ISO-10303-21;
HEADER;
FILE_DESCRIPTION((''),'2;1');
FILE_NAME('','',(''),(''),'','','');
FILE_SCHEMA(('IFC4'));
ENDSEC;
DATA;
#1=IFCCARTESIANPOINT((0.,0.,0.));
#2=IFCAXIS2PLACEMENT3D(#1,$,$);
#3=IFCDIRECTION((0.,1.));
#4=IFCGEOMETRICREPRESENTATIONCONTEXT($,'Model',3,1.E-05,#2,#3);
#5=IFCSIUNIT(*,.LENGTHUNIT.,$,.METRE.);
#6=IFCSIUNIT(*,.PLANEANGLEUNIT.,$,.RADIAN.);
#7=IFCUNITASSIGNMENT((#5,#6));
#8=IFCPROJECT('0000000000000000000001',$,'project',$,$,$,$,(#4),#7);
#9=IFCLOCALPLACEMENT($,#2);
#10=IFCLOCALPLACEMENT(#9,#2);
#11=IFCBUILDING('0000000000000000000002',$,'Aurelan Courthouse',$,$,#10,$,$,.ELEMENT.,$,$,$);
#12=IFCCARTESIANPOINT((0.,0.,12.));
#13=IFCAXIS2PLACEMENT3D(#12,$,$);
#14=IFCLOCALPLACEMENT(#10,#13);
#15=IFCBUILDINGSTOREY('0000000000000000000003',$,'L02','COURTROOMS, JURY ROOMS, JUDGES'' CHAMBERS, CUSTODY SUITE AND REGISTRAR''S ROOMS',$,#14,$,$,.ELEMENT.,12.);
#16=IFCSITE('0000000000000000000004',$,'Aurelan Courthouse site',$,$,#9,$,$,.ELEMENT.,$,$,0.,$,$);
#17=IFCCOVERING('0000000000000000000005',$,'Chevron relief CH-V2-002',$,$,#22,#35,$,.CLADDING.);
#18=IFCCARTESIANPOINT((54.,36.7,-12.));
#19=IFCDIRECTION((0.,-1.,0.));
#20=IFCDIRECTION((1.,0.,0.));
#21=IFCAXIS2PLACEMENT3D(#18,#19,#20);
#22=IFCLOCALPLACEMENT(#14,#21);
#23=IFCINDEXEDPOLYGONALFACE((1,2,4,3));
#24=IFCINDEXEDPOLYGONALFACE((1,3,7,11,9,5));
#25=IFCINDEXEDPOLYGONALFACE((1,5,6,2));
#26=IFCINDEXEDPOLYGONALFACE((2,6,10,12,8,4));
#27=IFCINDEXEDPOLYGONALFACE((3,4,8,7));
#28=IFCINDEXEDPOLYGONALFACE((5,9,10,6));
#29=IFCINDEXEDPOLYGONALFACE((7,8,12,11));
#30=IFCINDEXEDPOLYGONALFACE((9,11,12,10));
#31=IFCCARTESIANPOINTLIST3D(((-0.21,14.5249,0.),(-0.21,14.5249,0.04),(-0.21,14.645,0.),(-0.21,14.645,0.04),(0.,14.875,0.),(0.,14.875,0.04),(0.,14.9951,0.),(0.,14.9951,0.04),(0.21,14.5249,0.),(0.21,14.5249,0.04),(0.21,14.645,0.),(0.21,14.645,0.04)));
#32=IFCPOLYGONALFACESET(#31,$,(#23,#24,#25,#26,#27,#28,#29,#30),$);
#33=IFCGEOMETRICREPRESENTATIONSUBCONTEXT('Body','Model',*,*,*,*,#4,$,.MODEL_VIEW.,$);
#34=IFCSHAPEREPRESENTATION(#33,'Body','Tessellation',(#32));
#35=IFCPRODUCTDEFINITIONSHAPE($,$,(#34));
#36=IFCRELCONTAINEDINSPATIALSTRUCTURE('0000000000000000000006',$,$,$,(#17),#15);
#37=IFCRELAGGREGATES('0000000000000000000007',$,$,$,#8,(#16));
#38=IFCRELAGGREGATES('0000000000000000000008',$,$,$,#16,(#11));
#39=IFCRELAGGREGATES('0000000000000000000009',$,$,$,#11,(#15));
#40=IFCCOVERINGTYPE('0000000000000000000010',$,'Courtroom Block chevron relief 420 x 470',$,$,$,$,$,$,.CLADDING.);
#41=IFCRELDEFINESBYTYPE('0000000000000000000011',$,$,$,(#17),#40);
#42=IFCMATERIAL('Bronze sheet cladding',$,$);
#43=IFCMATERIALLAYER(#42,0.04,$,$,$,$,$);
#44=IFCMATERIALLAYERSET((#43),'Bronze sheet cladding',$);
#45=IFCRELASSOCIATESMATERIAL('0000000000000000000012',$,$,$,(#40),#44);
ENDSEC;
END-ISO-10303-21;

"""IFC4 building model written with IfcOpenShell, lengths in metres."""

from ifc_helpers import new_model, si_unit, direction, frame, origin, place, context, subcontext, project, spatial, polyline, outline, extrude, material, layer, layer_set, type_object, element, save


model = new_model("IFC4")

# Units and contexts
model_context = context("Model", 3, precision=1e-05, world=origin(), true_north=direction((0.0, 1.0)))
body_context = subcontext(model_context, "Body", "Model", "MODEL_VIEW")
ifc_project = project(units=[si_unit("LENGTHUNIT", "METRE"), si_unit("PLANEANGLEUNIT", "RADIAN")], contexts=[model_context])

# Site, building, storey
site_placement = place(None, origin())
site = spatial("IfcSite", under=ifc_project, at=site_placement, Name="Aurelan Courthouse site", CompositionType="ELEMENT", RefElevation=0.0)
building_placement = place(site_placement, origin())
building = spatial("IfcBuilding", under=site, at=building_placement, Name="Aurelan Courthouse", CompositionType="ELEMENT")
storey_placement = place(building_placement, frame((0.0, 0.0, 12.0)))
storey = spatial("IfcBuildingStorey", under=building, at=storey_placement, Name="L02", Description="COURTROOMS, JURY ROOMS, JUDGES' CHAMBERS, CUSTODY SUITE AND REGISTRAR'S ROOMS", CompositionType="ELEMENT", Elevation=12.0)

# Covering
ifc_material_1 = material(Name="Bronze sheet cladding")
ifc_layer_1 = layer(ifc_material_1, 0.04)
ifc_layer_set_1 = layer_set([ifc_layer_1], Name="Bronze sheet cladding")
covering_type_1 = type_object("IfcCoveringType", Name="Courtroom Block chevron relief 420 x 470", PredefinedType="CLADDING", material=ifc_layer_set_1)
covering_1_placement = place(storey_placement, frame((54.0, 36.7, -12.0), z_axis=(0.0, -1.0, 0.0), x_axis=(1.0, 0.0, 0.0)))
element("IfcCovering", 1, at=covering_1_placement, inside=storey, type_object=covering_type_1, Name="Chevron relief CH-V2-002", PredefinedType="CLADDING", context=body_context, shape_type="SweptSolid", body=[
    extrude(outline(polyline([(-0.21, 14.5249), (0.0, 14.875), (0.21, 14.5249), (0.21, 14.645), (0.0, 14.9951), (-0.21, 14.645), (-0.21, 14.5249)])), origin(), (0.0, 0.0, 1.0), 0.04),
])

save(model, "model.ifc")
